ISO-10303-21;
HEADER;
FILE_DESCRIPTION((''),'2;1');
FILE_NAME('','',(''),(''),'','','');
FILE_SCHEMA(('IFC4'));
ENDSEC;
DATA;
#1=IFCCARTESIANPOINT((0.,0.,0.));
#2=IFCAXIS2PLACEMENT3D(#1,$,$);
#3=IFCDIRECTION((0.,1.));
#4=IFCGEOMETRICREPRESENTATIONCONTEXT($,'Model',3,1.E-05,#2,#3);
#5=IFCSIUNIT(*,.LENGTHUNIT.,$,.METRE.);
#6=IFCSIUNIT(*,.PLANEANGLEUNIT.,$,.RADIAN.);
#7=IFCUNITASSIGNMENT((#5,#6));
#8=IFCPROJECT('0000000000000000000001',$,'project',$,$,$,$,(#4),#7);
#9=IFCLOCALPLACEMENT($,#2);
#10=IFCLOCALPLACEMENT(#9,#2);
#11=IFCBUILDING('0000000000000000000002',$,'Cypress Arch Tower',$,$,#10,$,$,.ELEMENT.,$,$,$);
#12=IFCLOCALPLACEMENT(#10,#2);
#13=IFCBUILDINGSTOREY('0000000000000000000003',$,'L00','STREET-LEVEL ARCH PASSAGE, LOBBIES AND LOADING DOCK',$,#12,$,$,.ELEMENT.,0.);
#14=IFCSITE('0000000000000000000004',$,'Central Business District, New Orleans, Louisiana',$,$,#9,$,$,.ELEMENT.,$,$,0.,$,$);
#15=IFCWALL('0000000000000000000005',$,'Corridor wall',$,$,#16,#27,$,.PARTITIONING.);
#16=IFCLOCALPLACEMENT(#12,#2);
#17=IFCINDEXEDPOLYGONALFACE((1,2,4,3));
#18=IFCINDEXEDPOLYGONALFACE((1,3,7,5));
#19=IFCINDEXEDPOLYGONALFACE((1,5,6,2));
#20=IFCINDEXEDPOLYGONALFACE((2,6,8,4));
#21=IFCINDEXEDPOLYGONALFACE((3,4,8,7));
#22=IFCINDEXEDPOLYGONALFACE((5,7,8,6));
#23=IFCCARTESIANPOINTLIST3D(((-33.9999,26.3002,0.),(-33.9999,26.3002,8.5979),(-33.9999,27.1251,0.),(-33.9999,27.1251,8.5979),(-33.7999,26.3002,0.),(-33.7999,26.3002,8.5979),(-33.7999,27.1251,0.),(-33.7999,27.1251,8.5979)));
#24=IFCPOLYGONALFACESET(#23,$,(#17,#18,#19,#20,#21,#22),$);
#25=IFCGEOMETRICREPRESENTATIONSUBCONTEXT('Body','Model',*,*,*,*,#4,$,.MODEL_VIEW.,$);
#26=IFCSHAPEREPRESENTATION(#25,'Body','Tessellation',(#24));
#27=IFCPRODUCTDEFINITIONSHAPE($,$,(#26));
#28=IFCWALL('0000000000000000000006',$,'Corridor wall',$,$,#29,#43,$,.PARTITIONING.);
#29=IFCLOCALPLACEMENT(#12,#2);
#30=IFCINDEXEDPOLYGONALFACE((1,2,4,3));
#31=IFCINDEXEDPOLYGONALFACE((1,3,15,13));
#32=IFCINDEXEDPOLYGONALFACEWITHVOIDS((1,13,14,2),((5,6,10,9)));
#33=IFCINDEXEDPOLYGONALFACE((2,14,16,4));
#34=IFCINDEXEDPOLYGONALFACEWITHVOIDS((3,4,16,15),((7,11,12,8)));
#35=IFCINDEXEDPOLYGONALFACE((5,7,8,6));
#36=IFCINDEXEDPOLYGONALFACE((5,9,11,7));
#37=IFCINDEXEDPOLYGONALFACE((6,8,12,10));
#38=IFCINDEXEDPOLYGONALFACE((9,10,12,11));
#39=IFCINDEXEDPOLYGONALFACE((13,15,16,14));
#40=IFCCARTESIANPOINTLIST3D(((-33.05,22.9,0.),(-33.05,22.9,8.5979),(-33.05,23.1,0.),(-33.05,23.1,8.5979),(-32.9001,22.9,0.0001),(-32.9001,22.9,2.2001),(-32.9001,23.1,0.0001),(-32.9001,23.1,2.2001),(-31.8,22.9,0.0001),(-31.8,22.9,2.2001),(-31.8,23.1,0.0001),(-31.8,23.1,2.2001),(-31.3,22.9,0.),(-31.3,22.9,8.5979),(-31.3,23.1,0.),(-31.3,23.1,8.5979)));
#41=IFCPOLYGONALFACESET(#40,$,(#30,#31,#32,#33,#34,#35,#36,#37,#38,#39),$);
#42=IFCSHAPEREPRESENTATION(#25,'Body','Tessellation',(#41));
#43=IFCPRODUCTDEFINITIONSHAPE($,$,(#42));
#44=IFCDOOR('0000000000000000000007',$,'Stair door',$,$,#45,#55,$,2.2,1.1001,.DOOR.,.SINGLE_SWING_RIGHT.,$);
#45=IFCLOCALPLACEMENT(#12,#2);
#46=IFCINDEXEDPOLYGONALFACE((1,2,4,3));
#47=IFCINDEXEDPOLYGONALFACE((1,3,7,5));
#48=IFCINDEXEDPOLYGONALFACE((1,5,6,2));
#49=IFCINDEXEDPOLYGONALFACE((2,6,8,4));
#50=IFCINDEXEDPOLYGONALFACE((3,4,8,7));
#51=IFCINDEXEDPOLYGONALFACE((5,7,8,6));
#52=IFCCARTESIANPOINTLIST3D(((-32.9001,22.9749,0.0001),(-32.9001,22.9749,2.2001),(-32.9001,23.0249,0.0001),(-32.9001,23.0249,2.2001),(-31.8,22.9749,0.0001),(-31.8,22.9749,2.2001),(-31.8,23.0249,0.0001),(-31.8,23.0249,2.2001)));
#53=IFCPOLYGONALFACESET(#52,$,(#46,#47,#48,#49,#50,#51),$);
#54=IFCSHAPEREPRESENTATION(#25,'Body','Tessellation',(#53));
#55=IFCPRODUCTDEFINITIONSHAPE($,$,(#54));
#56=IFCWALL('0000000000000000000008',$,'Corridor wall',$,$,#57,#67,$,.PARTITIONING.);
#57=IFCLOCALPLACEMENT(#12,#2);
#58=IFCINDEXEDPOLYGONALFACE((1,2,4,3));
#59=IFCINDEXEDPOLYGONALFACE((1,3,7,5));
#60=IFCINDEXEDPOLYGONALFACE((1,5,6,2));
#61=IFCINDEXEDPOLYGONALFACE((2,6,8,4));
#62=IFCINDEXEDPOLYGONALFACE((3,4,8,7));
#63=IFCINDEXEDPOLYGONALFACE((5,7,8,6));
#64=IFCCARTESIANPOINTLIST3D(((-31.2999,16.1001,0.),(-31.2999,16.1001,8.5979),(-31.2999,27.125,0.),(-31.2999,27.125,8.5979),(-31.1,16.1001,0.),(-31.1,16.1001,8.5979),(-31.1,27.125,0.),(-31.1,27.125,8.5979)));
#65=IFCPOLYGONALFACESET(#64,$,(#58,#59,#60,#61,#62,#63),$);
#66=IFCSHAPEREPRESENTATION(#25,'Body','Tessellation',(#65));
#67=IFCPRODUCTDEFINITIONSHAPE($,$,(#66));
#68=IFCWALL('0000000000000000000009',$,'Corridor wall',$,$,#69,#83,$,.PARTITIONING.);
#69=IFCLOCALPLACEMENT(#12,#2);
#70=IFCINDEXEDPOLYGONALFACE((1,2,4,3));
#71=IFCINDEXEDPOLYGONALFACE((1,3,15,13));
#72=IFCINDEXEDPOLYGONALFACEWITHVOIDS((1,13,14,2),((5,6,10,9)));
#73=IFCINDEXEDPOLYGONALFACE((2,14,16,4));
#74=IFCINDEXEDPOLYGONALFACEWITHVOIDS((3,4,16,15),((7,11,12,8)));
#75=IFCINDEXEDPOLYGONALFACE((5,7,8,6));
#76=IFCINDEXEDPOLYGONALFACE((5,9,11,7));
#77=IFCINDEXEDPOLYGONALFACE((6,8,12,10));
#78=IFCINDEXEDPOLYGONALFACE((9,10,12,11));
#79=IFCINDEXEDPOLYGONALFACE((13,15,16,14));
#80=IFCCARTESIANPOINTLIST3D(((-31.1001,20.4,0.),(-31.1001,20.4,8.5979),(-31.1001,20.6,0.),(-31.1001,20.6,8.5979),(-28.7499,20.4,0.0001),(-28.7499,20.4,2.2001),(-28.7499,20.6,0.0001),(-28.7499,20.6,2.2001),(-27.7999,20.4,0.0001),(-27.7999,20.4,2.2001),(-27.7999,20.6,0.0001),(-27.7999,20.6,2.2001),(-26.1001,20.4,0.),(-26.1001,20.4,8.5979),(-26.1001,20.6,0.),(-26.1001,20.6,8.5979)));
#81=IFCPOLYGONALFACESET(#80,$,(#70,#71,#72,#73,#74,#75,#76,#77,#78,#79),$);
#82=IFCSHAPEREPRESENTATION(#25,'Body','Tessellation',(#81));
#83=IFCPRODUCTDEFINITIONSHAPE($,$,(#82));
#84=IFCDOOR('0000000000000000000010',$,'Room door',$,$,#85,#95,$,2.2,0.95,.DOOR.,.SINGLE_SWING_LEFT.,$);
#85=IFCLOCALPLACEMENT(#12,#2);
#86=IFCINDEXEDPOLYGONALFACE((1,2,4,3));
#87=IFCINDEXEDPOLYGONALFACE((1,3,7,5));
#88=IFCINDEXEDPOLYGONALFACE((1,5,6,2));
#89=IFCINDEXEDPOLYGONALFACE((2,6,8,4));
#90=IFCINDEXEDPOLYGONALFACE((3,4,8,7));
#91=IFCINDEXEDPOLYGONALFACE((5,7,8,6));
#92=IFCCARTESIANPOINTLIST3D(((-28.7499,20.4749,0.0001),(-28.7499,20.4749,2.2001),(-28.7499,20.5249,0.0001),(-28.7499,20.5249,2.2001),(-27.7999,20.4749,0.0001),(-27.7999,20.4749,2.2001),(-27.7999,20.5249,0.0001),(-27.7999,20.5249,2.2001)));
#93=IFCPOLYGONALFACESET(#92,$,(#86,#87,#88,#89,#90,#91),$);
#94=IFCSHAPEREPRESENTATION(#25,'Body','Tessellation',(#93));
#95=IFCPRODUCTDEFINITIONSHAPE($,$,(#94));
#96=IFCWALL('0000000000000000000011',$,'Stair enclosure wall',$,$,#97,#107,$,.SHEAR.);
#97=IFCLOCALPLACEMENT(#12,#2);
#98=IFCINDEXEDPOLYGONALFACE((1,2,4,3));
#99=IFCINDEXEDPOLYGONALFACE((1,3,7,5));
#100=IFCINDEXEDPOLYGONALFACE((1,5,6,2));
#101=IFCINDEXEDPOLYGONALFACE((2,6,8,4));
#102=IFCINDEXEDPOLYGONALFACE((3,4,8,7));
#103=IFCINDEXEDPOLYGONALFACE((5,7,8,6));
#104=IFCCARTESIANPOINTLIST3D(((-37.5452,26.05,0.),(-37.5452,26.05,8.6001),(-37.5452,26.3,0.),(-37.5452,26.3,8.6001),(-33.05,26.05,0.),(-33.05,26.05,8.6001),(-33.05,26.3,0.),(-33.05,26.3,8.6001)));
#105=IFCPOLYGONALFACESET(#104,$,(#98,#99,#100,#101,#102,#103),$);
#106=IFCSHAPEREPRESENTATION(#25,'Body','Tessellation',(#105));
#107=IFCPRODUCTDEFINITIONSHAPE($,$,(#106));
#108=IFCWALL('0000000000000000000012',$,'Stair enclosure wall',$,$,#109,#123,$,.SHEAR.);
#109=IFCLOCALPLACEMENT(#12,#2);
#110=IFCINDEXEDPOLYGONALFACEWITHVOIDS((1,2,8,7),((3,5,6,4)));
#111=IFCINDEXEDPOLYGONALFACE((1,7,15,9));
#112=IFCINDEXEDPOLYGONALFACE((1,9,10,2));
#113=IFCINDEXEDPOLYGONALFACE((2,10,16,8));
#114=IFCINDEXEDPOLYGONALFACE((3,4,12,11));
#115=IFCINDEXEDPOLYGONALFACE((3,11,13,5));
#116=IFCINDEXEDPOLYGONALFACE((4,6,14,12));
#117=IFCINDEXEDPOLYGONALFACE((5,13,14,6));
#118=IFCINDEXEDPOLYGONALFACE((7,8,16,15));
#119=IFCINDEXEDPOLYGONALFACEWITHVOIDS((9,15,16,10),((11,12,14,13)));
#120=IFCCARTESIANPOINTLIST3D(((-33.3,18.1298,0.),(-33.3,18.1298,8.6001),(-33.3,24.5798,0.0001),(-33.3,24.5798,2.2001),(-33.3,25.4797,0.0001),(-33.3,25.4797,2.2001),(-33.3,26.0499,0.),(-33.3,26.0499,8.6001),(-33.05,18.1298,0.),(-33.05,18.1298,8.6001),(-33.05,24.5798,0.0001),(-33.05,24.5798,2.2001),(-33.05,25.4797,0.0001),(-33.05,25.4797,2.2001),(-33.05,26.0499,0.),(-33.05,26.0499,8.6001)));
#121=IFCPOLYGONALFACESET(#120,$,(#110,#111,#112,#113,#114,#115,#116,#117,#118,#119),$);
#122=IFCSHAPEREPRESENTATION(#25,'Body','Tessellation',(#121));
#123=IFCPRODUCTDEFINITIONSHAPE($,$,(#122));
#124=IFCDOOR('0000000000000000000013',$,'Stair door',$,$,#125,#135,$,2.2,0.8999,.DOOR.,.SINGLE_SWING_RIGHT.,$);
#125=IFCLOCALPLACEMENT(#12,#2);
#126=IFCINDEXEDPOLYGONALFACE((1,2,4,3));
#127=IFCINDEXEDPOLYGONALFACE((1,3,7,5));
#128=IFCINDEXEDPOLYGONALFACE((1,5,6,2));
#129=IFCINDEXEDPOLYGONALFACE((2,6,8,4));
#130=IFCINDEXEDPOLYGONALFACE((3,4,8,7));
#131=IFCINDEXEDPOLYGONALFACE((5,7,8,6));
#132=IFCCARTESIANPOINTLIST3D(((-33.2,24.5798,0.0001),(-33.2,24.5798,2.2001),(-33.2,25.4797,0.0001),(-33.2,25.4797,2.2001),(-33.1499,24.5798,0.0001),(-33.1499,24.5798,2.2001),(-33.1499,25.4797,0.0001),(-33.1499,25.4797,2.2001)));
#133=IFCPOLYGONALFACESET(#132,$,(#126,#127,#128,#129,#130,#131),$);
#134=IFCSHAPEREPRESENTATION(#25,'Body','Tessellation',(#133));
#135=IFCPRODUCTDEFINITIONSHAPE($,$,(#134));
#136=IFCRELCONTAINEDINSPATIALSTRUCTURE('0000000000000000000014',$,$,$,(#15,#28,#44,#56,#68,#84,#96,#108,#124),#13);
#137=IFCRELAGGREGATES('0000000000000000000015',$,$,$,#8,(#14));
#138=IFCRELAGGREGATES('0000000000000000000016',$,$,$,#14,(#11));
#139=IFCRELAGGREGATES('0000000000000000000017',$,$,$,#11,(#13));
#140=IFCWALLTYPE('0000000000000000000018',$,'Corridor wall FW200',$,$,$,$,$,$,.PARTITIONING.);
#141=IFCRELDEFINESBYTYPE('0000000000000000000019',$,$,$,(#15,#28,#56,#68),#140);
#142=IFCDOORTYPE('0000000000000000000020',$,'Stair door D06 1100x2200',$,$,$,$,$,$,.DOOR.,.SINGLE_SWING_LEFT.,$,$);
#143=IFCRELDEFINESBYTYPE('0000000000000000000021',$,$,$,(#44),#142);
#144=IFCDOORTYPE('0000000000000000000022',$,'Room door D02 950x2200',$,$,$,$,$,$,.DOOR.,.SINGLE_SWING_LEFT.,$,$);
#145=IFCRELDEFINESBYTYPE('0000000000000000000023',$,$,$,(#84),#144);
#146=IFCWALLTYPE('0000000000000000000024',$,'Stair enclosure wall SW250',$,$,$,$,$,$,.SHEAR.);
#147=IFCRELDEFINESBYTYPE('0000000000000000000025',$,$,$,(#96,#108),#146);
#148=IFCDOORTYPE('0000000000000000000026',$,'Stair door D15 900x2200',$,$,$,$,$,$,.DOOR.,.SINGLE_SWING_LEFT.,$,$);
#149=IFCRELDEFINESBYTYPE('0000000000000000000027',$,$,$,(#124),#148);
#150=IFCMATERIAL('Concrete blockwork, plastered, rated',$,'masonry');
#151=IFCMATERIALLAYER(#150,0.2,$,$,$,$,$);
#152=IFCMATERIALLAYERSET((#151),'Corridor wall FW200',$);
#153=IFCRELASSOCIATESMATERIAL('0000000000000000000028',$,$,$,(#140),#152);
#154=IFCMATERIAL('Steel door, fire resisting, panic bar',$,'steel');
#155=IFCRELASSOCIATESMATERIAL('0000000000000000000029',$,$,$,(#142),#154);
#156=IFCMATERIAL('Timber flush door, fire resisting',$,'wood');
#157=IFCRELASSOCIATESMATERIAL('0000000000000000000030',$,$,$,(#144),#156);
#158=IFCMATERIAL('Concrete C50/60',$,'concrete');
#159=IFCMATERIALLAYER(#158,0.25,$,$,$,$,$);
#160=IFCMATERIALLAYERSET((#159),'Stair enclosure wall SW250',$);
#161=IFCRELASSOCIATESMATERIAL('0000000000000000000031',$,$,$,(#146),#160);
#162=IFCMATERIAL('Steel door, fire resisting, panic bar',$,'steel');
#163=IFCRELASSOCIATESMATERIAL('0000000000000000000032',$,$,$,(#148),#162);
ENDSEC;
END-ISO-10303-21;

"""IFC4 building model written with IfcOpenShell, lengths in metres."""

from ifc_helpers import new_model, si_unit, direction, frame, frame_2d, origin, place, context, subcontext, project, spatial, rectangle, extrude, material, layer, layer_set, type_object, element, fill, save


model = new_model("IFC4")

# Units and contexts
model_context = context("Model", 3, precision=1e-05, world=origin(), true_north=direction((0.0, 1.0)))
body_context = subcontext(model_context, "Body", "Model", "MODEL_VIEW")
ifc_project = project(units=[si_unit("LENGTHUNIT", "METRE"), si_unit("PLANEANGLEUNIT", "RADIAN")], contexts=[model_context])

# Site, building, storey
site_placement = place(None, origin())
site = spatial("IfcSite", under=ifc_project, at=site_placement, Name="Central Business District, New Orleans, Louisiana", CompositionType="ELEMENT", RefElevation=0.0)
building_placement = place(site_placement, origin())
building = spatial("IfcBuilding", under=site, at=building_placement, Name="Cypress Arch Tower", CompositionType="ELEMENT")
storey_placement = place(building_placement, origin())
storey = spatial("IfcBuildingStorey", under=building, at=storey_placement, Name="L00", Description="STREET-LEVEL ARCH PASSAGE, LOBBIES AND LOADING DOCK", CompositionType="ELEMENT", Elevation=0.0)

# Wall
ifc_material_1 = material(Name="Concrete blockwork, plastered, rated", Category="masonry")
ifc_layer_1 = layer(ifc_material_1, 0.2)
ifc_layer_set_1 = layer_set([ifc_layer_1], Name="Corridor wall FW200")
wall_type_1 = type_object("IfcWallType", Name="Corridor wall FW200", PredefinedType="PARTITIONING", material=ifc_layer_set_1)
wall_1_placement = place(storey_placement, frame((-33.8999, 26.3, 0.0), z_axis=(0.0, 0.0, 1.0), x_axis=(0.0, 1.0, 0.0)))
element("IfcWall", 1, at=wall_1_placement, inside=storey, type_object=wall_type_1, Name="Corridor wall", PredefinedType="PARTITIONING", context=body_context, shape_type="SweptSolid", body=[
    extrude(rectangle(XDim=0.825, YDim=0.2, at=frame_2d((0.4126, 0.0))), origin(), (0.0, 0.0, 1.0), 8.5979),
])

# Wall, opening, door
wall_2_placement = place(storey_placement, frame((-33.05, 23.0, 0.0), z_axis=(0.0, 0.0, 1.0), x_axis=(1.0, 0.0, 0.0)))
wall_2 = element("IfcWall", 2, at=wall_2_placement, inside=storey, type_object=wall_type_1, Name="Corridor wall", PredefinedType="PARTITIONING", context=body_context, shape_type="SweptSolid", body=[
    extrude(rectangle(XDim=1.75, YDim=0.2, at=frame_2d((0.875, 0.0))), origin(), (0.0, 0.0, 1.0), 8.5979),
])
opening_1_placement = place(wall_2_placement, frame((0.1499, 0.0, 0.0)))
opening_1 = element("IfcOpeningElement", 3, at=opening_1_placement, cuts=wall_2, PredefinedType="OPENING", context=body_context, shape_type="SweptSolid", body=[
    extrude(rectangle(XDim=1.1001, YDim=2.2, at=frame_2d((0.55, 1.1001))), frame((0.0, 0.1099, 0.0), z_axis=(0.0, -1.0, 0.0), x_axis=(1.0, 0.0, 0.0)), (0.0, 0.0, 1.0), 0.22),
])
ifc_material_2 = material(Name="Steel door, fire resisting, panic bar", Category="steel")
door_type_1 = type_object("IfcDoorType", Name="Stair door D06 1100x2200", OperationType="SINGLE_SWING_LEFT", PredefinedType="DOOR", material=ifc_material_2)
door_1_placement = place(opening_1_placement, origin())
door_1 = element("IfcDoor", 4, at=door_1_placement, inside=storey, type_object=door_type_1, Name="Stair door", OperationType="SINGLE_SWING_RIGHT", OverallHeight=2.2, OverallWidth=1.1001, PredefinedType="DOOR", context=body_context, shape_type="SweptSolid", body=[
    extrude(rectangle(XDim=1.1001, YDim=2.2, at=frame_2d((0.55, 1.1001))), frame((0.0, 0.0249, 0.0), z_axis=(0.0, -1.0, 0.0), x_axis=(1.0, 0.0, 0.0)), (0.0, 0.0, 1.0), 0.05),
])
fill(opening_1, door_1)

# Wall
wall_3_placement = place(storey_placement, frame((-31.2, 16.1001, 0.0), z_axis=(0.0, 0.0, 1.0), x_axis=(0.0, 1.0, 0.0)))
element("IfcWall", 5, at=wall_3_placement, inside=storey, type_object=wall_type_1, Name="Corridor wall", PredefinedType="PARTITIONING", context=body_context, shape_type="SweptSolid", body=[
    extrude(rectangle(XDim=11.0249, YDim=0.2, at=frame_2d((5.5125, 0.0))), origin(), (0.0, 0.0, 1.0), 8.5979),
])

# Wall, opening, door
wall_4_placement = place(storey_placement, frame((-31.1001, 20.5, 0.0), z_axis=(0.0, 0.0, 1.0), x_axis=(1.0, 0.0, 0.0)))
wall_4 = element("IfcWall", 6, at=wall_4_placement, inside=storey, type_object=wall_type_1, Name="Corridor wall", PredefinedType="PARTITIONING", context=body_context, shape_type="SweptSolid", body=[
    extrude(rectangle(XDim=5.0, YDim=0.2, at=frame_2d((2.5, 0.0))), origin(), (0.0, 0.0, 1.0), 8.5979),
])
opening_2_placement = place(wall_4_placement, frame((2.3501, 0.0, 0.0)))
opening_2 = element("IfcOpeningElement", 7, at=opening_2_placement, cuts=wall_4, PredefinedType="OPENING", context=body_context, shape_type="SweptSolid", body=[
    extrude(rectangle(XDim=0.95, YDim=2.2, at=frame_2d((0.4751, 1.1001))), frame((0.0, 0.1099, 0.0), z_axis=(0.0, -1.0, 0.0), x_axis=(1.0, 0.0, 0.0)), (0.0, 0.0, 1.0), 0.22),
])
ifc_material_3 = material(Name="Timber flush door, fire resisting", Category="wood")
door_type_2 = type_object("IfcDoorType", Name="Room door D02 950x2200", OperationType="SINGLE_SWING_LEFT", PredefinedType="DOOR", material=ifc_material_3)
door_2_placement = place(opening_2_placement, origin())
door_2 = element("IfcDoor", 8, at=door_2_placement, inside=storey, type_object=door_type_2, Name="Room door", OperationType="SINGLE_SWING_LEFT", OverallHeight=2.2, OverallWidth=0.95, PredefinedType="DOOR", context=body_context, shape_type="SweptSolid", body=[
    extrude(rectangle(XDim=0.95, YDim=2.2, at=frame_2d((0.4751, 1.1001))), frame((0.0, 0.0249, 0.0), z_axis=(0.0, -1.0, 0.0), x_axis=(1.0, 0.0, 0.0)), (0.0, 0.0, 1.0), 0.05),
])
fill(opening_2, door_2)

# Wall
ifc_material_4 = material(Name="Concrete C50/60", Category="concrete")
ifc_layer_2 = layer(ifc_material_4, 0.25)
ifc_layer_set_2 = layer_set([ifc_layer_2], Name="Stair enclosure wall SW250")
wall_type_2 = type_object("IfcWallType", Name="Stair enclosure wall SW250", PredefinedType="SHEAR", material=ifc_layer_set_2)
wall_5_placement = place(storey_placement, frame((-37.5452, 26.175, 0.0), z_axis=(0.0, 0.0, 1.0), x_axis=(1.0, 0.0, 0.0)))
element("IfcWall", 9, at=wall_5_placement, inside=storey, type_object=wall_type_2, Name="Stair enclosure wall", PredefinedType="SHEAR", context=body_context, shape_type="SweptSolid", body=[
    extrude(rectangle(XDim=4.4951, YDim=0.25, at=frame_2d((2.2476, 0.0))), origin(), (0.0, 0.0, 1.0), 8.6001),
])

# Wall, opening, door
wall_6_placement = place(storey_placement, frame((-33.175, 18.1299, 0.0), z_axis=(0.0, 0.0, 1.0), x_axis=(0.0, 1.0, 0.0)))
wall_6 = element("IfcWall", 10, at=wall_6_placement, inside=storey, type_object=wall_type_2, Name="Stair enclosure wall", PredefinedType="SHEAR", context=body_context, shape_type="SweptSolid", body=[
    extrude(rectangle(XDim=7.9202, YDim=0.25, at=frame_2d((3.96, 0.0))), origin(), (0.0, 0.0, 1.0), 8.6001),
])
opening_3_placement = place(wall_6_placement, frame((6.45, 0.0, 0.0)))
opening_3 = element("IfcOpeningElement", 11, at=opening_3_placement, cuts=wall_6, PredefinedType="OPENING", context=body_context, shape_type="SweptSolid", body=[
    extrude(rectangle(XDim=0.8999, YDim=2.2, at=frame_2d((0.45, 1.1001))), frame((0.0, 0.135, 0.0), z_axis=(0.0, -1.0, 0.0), x_axis=(1.0, 0.0, 0.0)), (0.0, 0.0, 1.0), 0.27),
])
ifc_material_5 = material(Name="Steel door, fire resisting, panic bar", Category="steel")
door_type_3 = type_object("IfcDoorType", Name="Stair door D15 900x2200", OperationType="SINGLE_SWING_LEFT", PredefinedType="DOOR", material=ifc_material_5)
door_3_placement = place(opening_3_placement, origin())
door_3 = element("IfcDoor", 12, at=door_3_placement, inside=storey, type_object=door_type_3, Name="Stair door", OperationType="SINGLE_SWING_RIGHT", OverallHeight=2.2, OverallWidth=0.8999, PredefinedType="DOOR", context=body_context, shape_type="SweptSolid", body=[
    extrude(rectangle(XDim=0.8999, YDim=2.2, at=frame_2d((0.45, 1.1001))), frame((0.0, 0.0249, 0.0), z_axis=(0.0, -1.0, 0.0), x_axis=(1.0, 0.0, 0.0)), (0.0, 0.0, 1.0), 0.05),
])
fill(opening_3, door_3)

save(model, "model.ifc")
